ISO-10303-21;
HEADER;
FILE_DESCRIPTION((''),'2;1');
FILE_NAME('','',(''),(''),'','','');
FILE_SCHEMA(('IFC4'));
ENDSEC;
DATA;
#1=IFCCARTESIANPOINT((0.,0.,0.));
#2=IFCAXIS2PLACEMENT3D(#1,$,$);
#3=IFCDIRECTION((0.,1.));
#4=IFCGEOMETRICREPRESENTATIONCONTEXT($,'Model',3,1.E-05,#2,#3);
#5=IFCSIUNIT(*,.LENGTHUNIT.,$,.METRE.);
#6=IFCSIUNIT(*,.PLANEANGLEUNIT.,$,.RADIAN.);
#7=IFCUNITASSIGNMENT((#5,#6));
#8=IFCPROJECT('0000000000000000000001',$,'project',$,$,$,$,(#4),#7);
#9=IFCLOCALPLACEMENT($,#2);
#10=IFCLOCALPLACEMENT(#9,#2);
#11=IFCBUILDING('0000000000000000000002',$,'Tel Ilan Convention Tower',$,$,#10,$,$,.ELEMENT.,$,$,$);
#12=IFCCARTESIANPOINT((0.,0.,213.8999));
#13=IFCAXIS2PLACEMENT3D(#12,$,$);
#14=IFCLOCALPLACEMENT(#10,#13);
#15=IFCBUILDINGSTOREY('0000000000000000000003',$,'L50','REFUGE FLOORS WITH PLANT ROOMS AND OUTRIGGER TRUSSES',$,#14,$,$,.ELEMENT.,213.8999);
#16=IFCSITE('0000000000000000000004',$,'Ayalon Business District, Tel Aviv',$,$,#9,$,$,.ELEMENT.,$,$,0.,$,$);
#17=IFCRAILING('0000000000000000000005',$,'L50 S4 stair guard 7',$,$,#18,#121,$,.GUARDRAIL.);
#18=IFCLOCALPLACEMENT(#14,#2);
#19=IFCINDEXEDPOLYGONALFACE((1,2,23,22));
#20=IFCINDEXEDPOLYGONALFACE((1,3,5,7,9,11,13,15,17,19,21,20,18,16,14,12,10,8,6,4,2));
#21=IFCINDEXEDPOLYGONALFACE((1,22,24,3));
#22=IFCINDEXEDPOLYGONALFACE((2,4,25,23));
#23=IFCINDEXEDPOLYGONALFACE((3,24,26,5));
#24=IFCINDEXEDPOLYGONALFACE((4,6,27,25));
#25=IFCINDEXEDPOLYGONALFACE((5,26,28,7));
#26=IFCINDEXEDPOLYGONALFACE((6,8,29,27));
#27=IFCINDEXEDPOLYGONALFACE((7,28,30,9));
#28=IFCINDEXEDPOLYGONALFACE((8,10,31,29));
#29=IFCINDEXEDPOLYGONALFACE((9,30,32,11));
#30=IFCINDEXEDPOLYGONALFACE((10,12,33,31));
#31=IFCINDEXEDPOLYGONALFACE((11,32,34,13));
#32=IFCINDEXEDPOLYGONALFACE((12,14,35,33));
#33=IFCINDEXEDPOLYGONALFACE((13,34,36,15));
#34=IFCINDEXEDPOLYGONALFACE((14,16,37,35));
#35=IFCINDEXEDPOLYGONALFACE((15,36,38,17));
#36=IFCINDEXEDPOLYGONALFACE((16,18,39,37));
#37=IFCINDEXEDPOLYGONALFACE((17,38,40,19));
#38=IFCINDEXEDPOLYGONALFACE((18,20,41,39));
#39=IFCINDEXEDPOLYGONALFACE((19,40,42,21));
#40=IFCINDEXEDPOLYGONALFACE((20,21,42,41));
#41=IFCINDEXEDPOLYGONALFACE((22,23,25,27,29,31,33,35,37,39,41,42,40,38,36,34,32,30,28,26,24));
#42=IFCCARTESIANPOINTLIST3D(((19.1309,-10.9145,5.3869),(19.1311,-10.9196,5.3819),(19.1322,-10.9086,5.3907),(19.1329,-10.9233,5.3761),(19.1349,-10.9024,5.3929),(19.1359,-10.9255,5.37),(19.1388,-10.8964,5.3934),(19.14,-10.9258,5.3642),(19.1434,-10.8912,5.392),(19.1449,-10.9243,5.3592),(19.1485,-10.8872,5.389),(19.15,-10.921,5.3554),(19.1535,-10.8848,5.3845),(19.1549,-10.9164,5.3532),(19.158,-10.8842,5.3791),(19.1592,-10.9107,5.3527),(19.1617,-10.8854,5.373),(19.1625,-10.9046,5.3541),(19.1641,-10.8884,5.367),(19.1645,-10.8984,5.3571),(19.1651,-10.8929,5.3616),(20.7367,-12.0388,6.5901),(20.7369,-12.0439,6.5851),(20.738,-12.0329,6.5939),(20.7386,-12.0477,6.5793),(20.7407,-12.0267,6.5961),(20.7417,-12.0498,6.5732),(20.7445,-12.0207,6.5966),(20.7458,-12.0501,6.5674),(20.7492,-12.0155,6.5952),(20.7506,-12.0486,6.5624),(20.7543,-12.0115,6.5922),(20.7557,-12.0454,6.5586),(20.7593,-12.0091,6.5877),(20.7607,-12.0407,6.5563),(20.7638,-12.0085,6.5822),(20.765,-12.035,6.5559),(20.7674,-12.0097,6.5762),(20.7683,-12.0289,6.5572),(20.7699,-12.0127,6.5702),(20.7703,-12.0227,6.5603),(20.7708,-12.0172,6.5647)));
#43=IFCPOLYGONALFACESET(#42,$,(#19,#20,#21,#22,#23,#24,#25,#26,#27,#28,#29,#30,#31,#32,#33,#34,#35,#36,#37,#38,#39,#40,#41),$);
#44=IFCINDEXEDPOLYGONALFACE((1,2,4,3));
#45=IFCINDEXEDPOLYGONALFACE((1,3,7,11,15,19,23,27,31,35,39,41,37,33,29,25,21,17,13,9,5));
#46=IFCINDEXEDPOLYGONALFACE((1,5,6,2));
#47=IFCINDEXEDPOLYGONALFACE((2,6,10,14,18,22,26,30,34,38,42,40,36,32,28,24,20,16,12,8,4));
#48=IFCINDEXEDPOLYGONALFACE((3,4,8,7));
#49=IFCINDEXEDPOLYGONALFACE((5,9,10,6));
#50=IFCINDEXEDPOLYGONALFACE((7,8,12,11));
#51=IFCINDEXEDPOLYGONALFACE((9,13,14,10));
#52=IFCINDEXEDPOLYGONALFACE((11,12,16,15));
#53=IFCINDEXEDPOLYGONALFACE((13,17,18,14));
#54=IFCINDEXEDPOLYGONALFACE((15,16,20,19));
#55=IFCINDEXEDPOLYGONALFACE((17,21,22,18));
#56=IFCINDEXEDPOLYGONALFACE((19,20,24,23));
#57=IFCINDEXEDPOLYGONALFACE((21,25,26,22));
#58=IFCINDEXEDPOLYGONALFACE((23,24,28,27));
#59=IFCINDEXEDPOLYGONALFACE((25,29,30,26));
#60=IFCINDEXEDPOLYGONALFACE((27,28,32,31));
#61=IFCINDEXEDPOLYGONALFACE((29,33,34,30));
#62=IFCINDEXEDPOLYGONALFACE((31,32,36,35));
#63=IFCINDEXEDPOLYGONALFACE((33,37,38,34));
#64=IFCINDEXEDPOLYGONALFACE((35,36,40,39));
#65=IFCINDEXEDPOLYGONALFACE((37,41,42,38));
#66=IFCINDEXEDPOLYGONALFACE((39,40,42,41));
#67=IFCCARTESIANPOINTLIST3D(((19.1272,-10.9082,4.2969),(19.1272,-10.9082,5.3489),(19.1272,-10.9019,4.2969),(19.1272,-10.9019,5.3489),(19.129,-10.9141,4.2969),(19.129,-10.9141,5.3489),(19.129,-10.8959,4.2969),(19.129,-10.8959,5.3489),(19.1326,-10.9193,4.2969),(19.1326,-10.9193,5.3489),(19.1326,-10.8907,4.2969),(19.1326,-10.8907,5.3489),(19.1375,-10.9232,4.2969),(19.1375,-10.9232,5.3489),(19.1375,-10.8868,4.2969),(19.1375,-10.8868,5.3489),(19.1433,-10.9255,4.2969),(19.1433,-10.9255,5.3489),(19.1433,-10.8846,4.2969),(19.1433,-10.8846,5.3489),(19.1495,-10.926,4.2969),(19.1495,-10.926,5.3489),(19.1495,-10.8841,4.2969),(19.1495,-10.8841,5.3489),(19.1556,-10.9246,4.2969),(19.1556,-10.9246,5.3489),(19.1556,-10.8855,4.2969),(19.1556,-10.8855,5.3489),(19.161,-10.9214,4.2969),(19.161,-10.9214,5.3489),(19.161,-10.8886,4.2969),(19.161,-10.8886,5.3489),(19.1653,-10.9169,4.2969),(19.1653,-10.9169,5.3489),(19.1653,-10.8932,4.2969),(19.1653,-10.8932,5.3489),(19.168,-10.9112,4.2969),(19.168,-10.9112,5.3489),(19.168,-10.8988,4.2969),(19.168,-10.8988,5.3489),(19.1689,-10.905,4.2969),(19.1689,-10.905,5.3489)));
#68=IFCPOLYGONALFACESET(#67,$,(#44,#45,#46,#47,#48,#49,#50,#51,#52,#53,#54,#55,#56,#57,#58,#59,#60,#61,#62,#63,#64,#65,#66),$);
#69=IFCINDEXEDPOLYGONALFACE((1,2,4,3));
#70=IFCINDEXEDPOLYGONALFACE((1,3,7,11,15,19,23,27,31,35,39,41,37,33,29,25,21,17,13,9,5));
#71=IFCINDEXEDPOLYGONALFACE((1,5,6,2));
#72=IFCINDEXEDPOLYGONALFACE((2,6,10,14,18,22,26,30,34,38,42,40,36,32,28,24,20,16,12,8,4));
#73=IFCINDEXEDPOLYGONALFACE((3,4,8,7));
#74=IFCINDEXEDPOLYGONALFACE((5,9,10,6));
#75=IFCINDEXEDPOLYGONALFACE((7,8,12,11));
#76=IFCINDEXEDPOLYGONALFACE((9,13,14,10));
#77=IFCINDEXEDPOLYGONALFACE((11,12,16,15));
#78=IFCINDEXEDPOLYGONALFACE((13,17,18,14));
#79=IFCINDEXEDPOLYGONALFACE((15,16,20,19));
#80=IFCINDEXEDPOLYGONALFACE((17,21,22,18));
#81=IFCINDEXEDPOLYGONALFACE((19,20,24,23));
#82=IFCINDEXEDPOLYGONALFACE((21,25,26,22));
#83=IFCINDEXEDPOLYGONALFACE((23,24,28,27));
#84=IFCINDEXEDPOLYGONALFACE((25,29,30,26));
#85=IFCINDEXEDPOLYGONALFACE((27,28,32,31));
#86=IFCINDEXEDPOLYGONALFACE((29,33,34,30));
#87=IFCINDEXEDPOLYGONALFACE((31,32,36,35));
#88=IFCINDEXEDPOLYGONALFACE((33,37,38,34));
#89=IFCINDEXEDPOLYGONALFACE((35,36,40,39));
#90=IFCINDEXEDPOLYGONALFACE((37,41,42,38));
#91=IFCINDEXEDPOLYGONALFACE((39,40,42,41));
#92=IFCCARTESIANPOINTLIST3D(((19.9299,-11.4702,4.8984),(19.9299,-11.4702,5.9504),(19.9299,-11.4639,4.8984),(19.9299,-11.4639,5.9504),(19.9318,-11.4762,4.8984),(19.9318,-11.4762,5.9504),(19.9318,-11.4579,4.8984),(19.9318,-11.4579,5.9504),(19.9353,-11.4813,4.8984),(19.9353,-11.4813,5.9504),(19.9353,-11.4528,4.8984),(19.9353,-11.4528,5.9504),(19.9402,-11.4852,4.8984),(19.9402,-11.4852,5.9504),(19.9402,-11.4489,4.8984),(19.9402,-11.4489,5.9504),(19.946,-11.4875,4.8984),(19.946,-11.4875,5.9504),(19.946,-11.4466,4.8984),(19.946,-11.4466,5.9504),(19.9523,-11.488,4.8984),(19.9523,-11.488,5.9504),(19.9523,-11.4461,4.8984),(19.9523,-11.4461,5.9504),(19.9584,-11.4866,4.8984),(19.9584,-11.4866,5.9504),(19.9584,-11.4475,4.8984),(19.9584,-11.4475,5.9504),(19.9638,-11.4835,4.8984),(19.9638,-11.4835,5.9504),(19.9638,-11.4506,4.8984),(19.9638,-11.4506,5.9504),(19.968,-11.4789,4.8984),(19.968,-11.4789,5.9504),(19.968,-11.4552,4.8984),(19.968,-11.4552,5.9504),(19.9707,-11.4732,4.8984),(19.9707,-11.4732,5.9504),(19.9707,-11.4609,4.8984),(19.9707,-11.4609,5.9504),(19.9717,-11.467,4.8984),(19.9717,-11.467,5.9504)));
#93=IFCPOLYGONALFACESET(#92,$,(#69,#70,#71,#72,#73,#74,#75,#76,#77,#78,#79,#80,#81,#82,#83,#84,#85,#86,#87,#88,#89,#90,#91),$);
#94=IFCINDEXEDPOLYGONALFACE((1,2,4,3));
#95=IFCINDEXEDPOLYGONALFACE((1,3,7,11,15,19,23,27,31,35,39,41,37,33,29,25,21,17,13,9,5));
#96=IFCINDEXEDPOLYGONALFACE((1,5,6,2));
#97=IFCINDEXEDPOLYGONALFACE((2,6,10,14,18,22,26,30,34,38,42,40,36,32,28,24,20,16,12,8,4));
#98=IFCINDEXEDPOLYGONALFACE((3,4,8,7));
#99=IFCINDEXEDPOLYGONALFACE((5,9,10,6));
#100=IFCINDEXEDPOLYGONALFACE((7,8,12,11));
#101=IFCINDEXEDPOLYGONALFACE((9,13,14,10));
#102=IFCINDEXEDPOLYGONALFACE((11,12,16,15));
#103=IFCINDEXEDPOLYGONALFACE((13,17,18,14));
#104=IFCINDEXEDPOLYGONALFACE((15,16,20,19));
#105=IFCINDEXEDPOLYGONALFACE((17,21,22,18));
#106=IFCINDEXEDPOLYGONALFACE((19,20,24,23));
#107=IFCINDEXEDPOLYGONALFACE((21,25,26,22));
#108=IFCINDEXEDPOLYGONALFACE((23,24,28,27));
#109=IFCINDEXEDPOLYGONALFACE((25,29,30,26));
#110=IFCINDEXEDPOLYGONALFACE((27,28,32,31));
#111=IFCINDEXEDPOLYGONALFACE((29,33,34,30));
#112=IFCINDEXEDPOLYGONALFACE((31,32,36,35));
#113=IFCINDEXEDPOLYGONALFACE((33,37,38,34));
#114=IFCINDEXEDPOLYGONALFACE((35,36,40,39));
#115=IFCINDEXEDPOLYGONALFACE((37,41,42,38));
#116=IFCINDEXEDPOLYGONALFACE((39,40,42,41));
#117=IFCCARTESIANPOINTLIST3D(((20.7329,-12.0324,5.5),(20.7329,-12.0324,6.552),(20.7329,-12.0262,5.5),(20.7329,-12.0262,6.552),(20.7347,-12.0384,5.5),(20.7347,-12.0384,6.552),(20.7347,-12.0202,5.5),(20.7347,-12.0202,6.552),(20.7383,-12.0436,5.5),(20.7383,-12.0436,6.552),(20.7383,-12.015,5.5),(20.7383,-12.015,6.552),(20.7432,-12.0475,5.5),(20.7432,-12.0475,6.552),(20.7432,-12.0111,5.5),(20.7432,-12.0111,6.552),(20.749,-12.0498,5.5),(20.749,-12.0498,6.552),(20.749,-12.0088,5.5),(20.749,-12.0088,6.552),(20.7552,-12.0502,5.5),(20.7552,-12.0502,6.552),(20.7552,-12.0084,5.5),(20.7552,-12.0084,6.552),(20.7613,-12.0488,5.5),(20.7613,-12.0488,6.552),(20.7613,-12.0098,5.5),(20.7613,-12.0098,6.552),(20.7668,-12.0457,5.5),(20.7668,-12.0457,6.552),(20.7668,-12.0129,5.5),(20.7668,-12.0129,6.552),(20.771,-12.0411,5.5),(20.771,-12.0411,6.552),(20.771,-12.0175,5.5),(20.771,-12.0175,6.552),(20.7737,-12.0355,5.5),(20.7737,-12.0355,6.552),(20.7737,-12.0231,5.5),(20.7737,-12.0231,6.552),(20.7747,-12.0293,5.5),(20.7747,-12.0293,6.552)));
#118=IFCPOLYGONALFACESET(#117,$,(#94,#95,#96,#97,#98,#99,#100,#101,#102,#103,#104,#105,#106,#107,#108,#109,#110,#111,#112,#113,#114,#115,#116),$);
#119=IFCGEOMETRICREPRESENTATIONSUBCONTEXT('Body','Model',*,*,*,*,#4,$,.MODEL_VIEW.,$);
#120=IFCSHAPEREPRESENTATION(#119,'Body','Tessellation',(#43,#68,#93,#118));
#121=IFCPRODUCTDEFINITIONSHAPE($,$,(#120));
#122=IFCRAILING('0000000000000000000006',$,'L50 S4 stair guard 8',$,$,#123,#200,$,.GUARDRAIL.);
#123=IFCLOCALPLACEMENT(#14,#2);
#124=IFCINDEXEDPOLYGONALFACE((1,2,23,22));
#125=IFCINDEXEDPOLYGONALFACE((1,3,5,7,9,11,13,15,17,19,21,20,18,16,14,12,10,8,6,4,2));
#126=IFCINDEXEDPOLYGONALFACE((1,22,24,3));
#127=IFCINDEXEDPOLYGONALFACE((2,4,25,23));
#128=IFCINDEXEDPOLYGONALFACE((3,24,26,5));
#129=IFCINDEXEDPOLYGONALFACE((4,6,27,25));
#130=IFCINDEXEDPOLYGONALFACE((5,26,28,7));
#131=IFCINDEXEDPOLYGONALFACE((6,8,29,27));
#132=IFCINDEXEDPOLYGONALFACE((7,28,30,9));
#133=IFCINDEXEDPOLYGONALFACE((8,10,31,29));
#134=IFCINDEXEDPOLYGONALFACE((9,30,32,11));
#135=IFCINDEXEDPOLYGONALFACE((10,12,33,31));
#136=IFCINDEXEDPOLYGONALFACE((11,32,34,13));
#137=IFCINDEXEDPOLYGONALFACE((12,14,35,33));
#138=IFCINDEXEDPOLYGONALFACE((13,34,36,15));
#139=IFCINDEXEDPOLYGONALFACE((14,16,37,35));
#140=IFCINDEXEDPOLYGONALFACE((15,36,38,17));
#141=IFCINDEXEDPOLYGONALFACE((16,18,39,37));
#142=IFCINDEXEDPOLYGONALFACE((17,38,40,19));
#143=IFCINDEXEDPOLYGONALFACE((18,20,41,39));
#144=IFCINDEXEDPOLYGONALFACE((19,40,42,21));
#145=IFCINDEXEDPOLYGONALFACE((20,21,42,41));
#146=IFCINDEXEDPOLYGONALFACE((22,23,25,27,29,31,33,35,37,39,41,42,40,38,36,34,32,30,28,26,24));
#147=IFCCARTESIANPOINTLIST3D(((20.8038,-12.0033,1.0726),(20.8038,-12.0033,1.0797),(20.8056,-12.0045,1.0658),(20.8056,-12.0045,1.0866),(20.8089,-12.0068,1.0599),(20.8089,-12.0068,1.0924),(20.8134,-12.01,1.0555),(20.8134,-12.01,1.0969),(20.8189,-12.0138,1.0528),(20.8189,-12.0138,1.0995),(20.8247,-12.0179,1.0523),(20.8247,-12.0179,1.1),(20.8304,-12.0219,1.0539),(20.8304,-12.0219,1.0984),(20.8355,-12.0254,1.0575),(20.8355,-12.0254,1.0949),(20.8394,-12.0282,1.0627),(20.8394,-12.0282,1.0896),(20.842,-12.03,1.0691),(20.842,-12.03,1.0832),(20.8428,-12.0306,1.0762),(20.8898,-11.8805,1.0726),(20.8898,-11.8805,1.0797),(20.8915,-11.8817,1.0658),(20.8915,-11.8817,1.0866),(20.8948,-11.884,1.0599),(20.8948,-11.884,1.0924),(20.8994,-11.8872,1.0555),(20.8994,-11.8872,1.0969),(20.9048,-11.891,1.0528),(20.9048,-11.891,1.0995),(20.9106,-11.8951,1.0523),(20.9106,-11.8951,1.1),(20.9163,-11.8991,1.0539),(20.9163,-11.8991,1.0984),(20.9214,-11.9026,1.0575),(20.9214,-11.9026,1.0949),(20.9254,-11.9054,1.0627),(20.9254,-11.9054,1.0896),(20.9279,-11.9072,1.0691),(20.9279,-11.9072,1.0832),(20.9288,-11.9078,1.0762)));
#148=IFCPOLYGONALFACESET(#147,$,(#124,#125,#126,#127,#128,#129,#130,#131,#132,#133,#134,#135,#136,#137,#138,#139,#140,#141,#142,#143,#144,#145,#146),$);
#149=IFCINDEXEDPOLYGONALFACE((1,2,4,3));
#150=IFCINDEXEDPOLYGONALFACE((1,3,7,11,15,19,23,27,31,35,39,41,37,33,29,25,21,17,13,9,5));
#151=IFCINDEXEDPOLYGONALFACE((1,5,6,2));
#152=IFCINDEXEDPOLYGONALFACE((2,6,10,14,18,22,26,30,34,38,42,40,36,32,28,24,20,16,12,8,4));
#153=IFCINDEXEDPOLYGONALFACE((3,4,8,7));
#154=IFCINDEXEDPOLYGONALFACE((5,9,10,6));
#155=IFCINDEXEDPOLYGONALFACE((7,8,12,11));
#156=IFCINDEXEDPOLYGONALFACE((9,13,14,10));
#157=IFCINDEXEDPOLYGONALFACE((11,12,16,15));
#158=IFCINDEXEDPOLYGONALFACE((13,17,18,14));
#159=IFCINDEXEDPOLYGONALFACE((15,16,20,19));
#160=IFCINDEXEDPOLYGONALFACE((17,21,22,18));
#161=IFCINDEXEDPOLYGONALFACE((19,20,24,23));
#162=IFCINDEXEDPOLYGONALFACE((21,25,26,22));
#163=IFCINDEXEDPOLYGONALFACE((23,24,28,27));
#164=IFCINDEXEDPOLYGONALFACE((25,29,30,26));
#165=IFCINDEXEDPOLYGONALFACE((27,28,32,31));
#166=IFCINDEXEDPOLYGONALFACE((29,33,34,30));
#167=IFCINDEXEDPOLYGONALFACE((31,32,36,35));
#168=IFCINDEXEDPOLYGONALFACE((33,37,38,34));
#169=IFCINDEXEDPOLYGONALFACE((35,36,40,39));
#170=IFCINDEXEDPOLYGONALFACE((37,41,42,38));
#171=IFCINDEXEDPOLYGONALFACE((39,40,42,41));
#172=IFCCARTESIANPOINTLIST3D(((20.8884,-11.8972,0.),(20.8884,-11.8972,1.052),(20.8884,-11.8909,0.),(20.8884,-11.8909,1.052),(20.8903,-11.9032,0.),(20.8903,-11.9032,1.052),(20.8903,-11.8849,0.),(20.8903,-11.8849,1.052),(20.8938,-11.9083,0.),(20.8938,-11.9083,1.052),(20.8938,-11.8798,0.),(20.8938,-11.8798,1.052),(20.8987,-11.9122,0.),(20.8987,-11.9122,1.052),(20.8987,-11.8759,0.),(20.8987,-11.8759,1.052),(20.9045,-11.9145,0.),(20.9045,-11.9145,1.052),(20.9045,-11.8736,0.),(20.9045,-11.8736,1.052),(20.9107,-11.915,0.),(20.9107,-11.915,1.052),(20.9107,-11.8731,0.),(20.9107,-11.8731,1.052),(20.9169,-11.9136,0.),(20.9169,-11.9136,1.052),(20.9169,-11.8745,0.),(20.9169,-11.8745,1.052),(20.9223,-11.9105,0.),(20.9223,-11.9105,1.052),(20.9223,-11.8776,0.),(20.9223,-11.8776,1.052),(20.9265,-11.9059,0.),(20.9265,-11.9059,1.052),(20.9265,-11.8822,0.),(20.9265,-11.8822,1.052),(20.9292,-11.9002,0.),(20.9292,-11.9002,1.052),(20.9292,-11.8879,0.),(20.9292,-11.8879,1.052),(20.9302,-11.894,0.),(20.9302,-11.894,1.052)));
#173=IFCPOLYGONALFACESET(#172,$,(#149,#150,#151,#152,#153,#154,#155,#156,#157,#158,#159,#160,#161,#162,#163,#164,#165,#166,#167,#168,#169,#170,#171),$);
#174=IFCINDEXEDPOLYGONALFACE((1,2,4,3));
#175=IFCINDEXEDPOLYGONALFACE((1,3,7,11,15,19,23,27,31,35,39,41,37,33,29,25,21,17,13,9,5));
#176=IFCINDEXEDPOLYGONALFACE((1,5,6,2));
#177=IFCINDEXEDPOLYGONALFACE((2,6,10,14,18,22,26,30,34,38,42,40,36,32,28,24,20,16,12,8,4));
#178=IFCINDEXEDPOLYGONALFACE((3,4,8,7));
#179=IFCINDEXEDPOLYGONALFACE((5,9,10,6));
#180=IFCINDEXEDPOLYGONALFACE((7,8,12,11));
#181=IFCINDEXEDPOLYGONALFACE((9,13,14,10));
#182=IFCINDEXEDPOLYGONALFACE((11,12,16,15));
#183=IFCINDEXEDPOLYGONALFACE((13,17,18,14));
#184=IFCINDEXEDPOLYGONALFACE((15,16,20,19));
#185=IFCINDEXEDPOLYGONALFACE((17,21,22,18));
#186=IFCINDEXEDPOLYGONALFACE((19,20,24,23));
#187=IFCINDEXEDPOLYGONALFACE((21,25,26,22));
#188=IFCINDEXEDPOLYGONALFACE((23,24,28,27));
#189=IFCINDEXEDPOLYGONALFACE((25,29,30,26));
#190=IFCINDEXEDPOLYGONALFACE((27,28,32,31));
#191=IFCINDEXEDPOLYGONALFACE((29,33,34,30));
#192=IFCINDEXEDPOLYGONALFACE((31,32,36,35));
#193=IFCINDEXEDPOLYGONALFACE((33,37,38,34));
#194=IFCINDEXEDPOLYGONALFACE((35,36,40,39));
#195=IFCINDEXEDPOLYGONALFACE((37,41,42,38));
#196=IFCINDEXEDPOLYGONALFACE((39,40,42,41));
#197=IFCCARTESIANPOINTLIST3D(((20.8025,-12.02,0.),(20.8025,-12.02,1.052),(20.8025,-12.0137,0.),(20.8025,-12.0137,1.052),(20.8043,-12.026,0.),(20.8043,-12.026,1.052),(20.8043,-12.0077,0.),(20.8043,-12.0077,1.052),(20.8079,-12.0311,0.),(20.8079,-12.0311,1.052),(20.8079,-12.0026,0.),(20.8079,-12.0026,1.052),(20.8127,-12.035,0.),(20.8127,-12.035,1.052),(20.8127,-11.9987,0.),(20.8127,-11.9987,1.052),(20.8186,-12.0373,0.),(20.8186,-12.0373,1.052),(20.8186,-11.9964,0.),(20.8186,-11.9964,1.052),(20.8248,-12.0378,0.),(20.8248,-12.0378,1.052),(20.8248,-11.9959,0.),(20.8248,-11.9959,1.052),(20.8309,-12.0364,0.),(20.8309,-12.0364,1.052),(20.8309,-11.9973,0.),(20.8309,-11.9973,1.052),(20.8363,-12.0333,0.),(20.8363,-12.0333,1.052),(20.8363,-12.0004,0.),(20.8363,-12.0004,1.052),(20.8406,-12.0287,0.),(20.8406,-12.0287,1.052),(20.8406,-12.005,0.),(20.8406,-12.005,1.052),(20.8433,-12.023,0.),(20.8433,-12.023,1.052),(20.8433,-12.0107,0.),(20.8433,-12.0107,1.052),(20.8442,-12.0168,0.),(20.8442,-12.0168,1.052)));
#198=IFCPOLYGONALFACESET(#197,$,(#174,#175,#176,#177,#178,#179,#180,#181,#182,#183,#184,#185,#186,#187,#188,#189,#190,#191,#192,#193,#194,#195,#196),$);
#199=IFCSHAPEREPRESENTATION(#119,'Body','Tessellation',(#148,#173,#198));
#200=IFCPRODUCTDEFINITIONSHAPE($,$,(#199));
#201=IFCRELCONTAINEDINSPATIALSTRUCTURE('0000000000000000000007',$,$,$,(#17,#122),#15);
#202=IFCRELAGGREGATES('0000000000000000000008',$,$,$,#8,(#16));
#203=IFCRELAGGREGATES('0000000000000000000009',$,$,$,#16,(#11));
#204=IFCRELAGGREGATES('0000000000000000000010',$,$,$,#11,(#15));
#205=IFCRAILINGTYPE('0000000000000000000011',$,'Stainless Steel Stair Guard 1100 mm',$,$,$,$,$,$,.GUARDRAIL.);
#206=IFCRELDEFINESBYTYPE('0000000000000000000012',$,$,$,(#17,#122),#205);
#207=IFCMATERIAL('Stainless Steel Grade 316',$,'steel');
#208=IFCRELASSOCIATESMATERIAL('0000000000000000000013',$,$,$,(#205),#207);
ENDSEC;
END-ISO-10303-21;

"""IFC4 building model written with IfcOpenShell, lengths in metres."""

from ifc_helpers import new_model, si_unit, direction, frame, origin, origin_2d, place, context, subcontext, project, spatial, circle, extrude, material, type_object, element, save


model = new_model("IFC4")

# Units and contexts
model_context = context("Model", 3, precision=1e-05, world=origin(), true_north=direction((0.0, 1.0)))
body_context = subcontext(model_context, "Body", "Model", "MODEL_VIEW")
ifc_project = project(units=[si_unit("LENGTHUNIT", "METRE"), si_unit("PLANEANGLEUNIT", "RADIAN")], contexts=[model_context])

# Site, building, storey
site_placement = place(None, origin())
site = spatial("IfcSite", under=ifc_project, at=site_placement, Name="Ayalon Business District, Tel Aviv", CompositionType="ELEMENT", RefElevation=0.0)
building_placement = place(site_placement, origin())
building = spatial("IfcBuilding", under=site, at=building_placement, Name="Tel Ilan Convention Tower", CompositionType="ELEMENT")
storey_placement = place(building_placement, frame((0.0, 0.0, 213.8999)))
storey = spatial("IfcBuildingStorey", under=building, at=storey_placement, Name="L50", Description="REFUGE FLOORS WITH PLANT ROOMS AND OUTRIGGER TRUSSES", CompositionType="ELEMENT", Elevation=213.8999)

# Railings
ifc_material_1 = material(Name="Stainless Steel Grade 316", Category="steel")
railing_type_1 = type_object("IfcRailingType", Name="Stainless Steel Stair Guard 1100 mm", PredefinedType="GUARDRAIL", material=ifc_material_1)
railing_1_placement = place(storey_placement, frame((19.1479, -10.905, 4.2969)))
element("IfcRailing", 1, at=railing_1_placement, inside=storey, type_object=railing_type_1, Name="L50 S4 stair guard 7", PredefinedType="GUARDRAIL", context=body_context, shape_type="SweptSolid", body=[
    extrude(circle(Radius=0.0239, at=origin_2d()), frame((0.0, 0.0, 1.0762), z_axis=(0.698149, -0.488821, 0.523108), x_axis=(0.573554, 0.819168, 0.0)), (0.0, 0.0, 1.0), 2.3),
    extrude(circle(Radius=0.021, at=origin_2d()), origin(), (0.0, 0.0, 1.0), 1.052),
    extrude(circle(Radius=0.021, at=origin_2d()), frame((0.8027, -0.562, 0.6016)), (0.0, 0.0, 1.0), 1.052),
    extrude(circle(Radius=0.021, at=origin_2d()), frame((1.6057, -1.1243, 1.2031)), (0.0, 0.0, 1.0), 1.052),
])
railing_2_placement = place(storey_placement, frame((20.9092, -11.894, 0.0)))
element("IfcRailing", 2, at=railing_2_placement, inside=storey, type_object=railing_type_1, Name="L50 S4 stair guard 8", PredefinedType="GUARDRAIL", context=body_context, shape_type="SweptSolid", body=[
    extrude(circle(Radius=0.0239, at=origin_2d()), frame((0.0, 0.0, 1.0762), z_axis=(-0.573353, -0.819308, 0.0), x_axis=(0.819308, -0.573353, 0.0)), (0.0, 0.0, 1.0), 0.1499),
    extrude(circle(Radius=0.021, at=origin_2d()), origin(), (0.0, 0.0, 1.0), 1.052),
    extrude(circle(Radius=0.021, at=origin_2d()), frame((-0.0859, -0.1228, 0.0)), (0.0, 0.0, 1.0), 1.052),
])

save(model, "model.ifc")
